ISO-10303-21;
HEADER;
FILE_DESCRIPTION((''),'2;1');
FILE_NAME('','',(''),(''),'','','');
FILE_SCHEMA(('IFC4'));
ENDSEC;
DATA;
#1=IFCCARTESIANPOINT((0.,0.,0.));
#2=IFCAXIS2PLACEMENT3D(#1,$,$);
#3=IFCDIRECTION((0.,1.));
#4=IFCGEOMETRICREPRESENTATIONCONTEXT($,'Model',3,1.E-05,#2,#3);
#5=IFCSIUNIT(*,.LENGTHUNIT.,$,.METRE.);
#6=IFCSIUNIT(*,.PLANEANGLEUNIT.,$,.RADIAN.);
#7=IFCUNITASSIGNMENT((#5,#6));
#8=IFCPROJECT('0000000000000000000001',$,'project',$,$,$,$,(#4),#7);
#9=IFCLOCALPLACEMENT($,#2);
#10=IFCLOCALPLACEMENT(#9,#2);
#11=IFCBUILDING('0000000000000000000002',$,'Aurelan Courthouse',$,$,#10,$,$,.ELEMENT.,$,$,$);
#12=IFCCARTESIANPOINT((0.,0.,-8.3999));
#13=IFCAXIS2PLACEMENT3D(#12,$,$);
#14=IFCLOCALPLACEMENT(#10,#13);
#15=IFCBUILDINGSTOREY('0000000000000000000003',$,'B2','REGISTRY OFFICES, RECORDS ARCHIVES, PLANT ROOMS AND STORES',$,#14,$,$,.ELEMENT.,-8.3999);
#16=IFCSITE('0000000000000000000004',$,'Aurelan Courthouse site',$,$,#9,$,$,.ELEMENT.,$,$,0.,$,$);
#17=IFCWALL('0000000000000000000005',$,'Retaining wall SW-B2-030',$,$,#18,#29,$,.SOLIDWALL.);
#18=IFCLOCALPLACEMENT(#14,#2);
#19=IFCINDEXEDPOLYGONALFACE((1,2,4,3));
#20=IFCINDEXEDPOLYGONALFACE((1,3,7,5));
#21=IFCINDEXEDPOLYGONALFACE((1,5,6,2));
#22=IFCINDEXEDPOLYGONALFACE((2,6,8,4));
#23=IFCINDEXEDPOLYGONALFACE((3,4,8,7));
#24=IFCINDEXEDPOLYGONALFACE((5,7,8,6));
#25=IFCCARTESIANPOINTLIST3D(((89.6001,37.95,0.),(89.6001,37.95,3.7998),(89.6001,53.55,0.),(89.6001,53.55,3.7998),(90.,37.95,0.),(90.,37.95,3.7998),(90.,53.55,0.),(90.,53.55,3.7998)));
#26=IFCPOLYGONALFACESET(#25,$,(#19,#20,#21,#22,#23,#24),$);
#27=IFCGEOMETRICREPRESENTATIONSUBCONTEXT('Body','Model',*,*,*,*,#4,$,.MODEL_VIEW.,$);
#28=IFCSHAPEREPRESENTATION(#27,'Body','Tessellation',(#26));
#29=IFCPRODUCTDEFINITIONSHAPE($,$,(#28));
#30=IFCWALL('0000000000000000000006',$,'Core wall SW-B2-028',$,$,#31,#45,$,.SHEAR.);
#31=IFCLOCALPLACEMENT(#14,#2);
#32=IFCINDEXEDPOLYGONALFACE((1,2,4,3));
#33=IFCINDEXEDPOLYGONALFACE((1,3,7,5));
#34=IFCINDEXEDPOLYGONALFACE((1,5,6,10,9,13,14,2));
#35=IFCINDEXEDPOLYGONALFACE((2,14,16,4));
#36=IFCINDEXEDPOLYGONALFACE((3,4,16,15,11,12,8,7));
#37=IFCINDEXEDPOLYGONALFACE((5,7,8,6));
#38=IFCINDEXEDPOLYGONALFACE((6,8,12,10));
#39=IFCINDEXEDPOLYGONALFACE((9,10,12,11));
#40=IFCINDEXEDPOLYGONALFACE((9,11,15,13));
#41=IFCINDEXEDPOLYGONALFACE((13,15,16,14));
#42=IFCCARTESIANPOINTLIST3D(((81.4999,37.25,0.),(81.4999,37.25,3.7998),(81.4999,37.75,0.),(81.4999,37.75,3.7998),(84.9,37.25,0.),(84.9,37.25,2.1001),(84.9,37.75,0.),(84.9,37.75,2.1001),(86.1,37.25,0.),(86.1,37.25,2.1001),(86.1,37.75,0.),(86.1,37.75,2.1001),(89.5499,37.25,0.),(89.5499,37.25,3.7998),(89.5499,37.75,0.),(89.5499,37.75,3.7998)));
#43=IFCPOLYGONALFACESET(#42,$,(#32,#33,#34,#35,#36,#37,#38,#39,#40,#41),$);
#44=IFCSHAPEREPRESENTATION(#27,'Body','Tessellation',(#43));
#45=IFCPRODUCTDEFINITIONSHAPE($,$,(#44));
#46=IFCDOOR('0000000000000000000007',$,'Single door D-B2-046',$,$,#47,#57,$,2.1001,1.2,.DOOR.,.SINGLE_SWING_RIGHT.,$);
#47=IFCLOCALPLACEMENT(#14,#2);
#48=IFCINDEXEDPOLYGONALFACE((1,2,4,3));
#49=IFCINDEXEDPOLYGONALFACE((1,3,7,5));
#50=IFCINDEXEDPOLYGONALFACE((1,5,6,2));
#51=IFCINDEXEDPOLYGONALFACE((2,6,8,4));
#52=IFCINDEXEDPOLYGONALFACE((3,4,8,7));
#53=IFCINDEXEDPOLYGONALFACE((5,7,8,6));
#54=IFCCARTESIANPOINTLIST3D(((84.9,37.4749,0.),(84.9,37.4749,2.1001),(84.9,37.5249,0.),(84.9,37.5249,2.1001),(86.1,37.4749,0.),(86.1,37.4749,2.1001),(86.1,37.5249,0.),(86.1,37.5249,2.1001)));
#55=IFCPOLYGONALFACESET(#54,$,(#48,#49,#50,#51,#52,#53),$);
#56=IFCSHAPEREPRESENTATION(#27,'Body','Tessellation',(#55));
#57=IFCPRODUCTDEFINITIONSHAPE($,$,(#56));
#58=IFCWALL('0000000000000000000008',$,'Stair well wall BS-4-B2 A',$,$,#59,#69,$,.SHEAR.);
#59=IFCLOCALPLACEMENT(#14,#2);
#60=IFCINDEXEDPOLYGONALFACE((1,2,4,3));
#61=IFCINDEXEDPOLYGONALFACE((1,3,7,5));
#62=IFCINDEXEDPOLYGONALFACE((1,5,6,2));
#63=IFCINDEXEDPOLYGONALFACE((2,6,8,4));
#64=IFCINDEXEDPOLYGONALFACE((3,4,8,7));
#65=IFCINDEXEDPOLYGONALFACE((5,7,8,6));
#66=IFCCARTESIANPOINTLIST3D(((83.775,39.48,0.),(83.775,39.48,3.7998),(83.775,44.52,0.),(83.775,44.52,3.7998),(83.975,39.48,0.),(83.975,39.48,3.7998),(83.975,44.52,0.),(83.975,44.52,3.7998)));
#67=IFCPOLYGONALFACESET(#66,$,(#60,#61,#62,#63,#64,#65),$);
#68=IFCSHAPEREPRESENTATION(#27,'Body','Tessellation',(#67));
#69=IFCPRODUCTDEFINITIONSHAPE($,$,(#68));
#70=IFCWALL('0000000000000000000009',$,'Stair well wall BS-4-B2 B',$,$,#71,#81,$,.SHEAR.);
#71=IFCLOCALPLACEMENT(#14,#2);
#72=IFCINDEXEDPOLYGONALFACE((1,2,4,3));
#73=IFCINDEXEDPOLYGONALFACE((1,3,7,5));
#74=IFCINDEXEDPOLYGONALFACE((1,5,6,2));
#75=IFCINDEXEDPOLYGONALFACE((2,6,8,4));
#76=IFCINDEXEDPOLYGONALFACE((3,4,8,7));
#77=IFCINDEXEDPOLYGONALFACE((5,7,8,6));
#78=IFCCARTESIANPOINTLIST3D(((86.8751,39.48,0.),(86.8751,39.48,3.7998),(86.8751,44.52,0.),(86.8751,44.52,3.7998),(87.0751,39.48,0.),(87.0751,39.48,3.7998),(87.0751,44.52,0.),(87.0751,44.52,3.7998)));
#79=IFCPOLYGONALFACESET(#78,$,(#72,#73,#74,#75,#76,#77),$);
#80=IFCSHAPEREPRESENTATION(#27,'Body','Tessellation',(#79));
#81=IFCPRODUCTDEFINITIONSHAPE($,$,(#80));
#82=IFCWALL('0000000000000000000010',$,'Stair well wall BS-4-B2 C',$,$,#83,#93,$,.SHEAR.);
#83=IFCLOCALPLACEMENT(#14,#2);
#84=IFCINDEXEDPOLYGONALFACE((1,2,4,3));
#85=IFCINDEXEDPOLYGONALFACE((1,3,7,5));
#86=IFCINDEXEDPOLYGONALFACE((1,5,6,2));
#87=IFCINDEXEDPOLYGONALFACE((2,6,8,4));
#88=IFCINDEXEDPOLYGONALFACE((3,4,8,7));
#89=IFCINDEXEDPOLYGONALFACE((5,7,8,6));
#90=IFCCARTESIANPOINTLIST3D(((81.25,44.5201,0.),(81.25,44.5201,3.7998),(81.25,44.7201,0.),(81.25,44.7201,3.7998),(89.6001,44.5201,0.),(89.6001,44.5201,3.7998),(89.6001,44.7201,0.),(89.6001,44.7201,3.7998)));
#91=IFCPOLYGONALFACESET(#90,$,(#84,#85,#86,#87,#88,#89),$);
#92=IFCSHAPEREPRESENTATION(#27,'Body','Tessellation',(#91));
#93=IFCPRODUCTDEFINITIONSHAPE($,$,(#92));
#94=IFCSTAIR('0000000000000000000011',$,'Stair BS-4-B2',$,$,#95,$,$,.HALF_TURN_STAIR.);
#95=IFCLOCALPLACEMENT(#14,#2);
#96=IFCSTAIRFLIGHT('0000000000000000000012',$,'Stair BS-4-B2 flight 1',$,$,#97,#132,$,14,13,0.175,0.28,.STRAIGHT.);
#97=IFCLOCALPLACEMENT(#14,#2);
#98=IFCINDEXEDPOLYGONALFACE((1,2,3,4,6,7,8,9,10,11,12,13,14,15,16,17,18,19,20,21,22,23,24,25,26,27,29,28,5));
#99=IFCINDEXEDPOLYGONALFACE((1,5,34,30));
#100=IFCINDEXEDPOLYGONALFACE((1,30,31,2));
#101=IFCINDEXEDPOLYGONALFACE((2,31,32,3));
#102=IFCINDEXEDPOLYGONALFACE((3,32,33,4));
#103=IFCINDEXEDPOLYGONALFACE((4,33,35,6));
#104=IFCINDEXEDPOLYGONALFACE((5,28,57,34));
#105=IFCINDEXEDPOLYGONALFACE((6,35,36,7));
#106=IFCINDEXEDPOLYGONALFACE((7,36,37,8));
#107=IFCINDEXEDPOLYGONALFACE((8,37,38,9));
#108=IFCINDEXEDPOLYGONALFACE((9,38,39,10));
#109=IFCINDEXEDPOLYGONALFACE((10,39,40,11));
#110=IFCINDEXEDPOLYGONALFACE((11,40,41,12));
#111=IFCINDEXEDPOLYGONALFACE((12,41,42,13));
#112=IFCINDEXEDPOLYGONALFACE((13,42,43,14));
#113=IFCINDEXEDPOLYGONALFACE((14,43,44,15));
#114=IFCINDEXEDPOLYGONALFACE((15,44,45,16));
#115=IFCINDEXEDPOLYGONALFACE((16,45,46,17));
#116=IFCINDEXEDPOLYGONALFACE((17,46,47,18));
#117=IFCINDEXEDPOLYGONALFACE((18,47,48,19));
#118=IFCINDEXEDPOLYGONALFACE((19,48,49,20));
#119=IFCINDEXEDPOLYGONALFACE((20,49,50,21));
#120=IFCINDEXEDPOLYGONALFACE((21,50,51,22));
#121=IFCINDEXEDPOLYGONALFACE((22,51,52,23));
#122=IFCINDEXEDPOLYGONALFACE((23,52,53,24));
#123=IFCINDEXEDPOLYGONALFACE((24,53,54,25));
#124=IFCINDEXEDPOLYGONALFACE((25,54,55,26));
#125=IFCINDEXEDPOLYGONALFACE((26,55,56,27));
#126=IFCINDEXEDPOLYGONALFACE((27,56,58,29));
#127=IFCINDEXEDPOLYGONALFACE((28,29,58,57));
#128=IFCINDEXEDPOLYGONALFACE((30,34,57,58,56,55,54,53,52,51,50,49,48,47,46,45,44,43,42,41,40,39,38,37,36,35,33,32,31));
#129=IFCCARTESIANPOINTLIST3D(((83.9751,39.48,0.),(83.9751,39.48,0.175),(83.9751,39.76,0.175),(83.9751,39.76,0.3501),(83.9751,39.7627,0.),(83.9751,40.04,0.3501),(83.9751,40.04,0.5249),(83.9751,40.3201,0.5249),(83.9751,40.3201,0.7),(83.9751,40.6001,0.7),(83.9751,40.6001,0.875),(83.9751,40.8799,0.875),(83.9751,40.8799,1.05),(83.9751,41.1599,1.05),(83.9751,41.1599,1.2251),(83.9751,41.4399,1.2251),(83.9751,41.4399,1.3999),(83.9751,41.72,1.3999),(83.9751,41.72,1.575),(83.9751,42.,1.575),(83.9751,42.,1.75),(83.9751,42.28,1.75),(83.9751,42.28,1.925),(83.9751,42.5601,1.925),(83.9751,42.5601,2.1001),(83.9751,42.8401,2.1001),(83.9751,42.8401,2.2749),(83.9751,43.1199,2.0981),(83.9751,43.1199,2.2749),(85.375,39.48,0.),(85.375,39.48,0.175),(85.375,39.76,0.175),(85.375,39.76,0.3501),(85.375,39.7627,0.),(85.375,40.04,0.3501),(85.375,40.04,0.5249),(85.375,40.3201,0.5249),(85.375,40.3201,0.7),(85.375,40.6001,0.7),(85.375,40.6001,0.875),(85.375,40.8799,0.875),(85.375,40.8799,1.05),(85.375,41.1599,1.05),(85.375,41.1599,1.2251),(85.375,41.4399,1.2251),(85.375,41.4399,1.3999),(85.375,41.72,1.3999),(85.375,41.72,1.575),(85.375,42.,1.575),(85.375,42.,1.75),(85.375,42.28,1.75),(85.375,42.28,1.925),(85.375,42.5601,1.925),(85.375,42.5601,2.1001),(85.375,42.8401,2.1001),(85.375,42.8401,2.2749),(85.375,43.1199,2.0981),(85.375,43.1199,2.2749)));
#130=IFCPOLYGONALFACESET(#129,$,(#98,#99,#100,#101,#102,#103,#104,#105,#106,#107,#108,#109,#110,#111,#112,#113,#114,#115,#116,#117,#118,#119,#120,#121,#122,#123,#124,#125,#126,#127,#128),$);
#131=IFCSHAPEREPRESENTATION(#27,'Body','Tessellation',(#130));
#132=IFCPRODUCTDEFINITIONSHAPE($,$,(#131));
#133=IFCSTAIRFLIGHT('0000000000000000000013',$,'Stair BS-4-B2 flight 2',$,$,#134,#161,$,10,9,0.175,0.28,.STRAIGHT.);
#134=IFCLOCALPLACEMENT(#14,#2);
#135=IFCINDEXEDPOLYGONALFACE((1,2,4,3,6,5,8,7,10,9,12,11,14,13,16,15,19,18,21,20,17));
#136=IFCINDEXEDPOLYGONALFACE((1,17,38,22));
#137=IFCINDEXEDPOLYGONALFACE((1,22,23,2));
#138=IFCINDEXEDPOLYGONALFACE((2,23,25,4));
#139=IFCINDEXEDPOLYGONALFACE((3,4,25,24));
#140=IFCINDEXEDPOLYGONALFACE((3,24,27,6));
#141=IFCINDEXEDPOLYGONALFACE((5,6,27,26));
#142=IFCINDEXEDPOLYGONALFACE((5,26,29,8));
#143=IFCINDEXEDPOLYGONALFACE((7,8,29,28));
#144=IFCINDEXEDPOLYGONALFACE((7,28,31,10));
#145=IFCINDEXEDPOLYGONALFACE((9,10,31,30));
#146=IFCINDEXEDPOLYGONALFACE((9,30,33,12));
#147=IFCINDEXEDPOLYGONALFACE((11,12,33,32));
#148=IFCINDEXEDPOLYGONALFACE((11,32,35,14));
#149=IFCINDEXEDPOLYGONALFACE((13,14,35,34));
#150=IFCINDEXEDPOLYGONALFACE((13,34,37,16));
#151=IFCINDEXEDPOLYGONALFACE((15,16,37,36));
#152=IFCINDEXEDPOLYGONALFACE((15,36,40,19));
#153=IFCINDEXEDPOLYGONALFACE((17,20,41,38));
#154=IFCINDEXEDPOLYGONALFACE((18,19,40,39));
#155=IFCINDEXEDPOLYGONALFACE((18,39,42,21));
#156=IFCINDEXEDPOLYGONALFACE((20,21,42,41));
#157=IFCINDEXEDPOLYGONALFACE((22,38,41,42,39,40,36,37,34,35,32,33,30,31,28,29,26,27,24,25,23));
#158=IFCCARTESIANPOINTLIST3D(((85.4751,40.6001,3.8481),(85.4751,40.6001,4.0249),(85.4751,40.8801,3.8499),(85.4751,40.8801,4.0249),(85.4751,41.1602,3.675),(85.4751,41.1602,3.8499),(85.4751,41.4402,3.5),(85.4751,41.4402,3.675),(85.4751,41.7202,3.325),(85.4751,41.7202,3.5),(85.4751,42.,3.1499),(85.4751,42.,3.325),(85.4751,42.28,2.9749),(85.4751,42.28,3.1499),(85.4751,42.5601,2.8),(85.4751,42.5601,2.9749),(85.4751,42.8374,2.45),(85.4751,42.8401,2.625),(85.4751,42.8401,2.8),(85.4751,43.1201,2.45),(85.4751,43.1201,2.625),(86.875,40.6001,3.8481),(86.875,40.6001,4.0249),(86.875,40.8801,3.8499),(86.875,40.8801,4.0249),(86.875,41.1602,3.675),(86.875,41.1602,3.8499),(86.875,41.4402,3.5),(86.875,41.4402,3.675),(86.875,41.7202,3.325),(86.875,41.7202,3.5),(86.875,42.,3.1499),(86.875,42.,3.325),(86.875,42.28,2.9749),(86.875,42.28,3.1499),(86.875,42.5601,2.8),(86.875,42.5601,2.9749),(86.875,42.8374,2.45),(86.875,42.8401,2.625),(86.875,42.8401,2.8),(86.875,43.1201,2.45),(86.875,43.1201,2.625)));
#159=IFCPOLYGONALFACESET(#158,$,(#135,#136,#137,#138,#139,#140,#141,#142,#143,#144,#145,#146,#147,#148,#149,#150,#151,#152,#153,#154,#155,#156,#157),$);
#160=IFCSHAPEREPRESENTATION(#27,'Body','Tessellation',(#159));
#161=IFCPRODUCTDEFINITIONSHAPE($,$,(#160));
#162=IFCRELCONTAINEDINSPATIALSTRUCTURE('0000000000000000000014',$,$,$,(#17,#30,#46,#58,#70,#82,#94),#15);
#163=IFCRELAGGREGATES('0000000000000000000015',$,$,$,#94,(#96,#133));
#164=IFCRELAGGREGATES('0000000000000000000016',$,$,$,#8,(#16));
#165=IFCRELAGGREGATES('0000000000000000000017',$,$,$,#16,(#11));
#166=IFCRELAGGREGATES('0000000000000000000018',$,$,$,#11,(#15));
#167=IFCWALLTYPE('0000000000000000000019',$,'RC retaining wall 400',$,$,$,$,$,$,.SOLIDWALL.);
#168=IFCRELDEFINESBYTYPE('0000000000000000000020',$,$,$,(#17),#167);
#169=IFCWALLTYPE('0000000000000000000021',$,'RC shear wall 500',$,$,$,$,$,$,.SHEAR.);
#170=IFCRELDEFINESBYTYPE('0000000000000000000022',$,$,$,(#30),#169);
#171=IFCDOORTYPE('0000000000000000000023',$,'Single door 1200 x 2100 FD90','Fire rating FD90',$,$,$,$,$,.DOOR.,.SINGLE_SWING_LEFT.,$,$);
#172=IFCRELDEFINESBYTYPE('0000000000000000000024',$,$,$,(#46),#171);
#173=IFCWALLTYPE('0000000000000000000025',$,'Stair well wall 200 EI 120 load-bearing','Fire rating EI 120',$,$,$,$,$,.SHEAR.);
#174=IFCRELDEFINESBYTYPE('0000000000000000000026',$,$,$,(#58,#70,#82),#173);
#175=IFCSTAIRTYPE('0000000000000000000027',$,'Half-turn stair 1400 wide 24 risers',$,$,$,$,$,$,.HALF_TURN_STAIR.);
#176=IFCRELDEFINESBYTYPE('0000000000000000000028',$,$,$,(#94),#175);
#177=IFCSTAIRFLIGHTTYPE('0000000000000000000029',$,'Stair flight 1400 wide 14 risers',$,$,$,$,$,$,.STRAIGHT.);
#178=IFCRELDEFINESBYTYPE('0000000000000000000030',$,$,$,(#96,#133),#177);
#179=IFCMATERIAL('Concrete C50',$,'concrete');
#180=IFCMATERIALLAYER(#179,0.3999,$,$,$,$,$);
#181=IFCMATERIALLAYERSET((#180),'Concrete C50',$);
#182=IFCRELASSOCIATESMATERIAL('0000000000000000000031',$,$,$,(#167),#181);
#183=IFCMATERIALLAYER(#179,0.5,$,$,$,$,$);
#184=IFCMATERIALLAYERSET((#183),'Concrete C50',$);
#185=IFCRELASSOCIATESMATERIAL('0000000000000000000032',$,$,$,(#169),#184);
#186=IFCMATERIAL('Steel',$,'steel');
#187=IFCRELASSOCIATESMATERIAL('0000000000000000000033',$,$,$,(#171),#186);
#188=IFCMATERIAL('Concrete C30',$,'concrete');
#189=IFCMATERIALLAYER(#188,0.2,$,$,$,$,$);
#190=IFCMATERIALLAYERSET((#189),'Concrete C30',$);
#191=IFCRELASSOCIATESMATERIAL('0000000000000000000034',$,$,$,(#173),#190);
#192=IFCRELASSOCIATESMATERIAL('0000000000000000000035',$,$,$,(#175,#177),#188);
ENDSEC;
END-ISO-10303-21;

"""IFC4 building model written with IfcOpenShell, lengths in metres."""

from ifc_helpers import new_model, si_unit, direction, frame, frame_2d, origin, place, context, subcontext, project, spatial, polyline, rectangle, outline, extrude, material, layer, layer_set, type_object, element, fill, aggregate, save


model = new_model("IFC4")

# Units and contexts
model_context = context("Model", 3, precision=1e-05, world=origin(), true_north=direction((0.0, 1.0)))
body_context = subcontext(model_context, "Body", "Model", "MODEL_VIEW")
ifc_project = project(units=[si_unit("LENGTHUNIT", "METRE"), si_unit("PLANEANGLEUNIT", "RADIAN")], contexts=[model_context])

# Site, building, storey
site_placement = place(None, origin())
site = spatial("IfcSite", under=ifc_project, at=site_placement, Name="Aurelan Courthouse site", CompositionType="ELEMENT", RefElevation=0.0)
building_placement = place(site_placement, origin())
building = spatial("IfcBuilding", under=site, at=building_placement, Name="Aurelan Courthouse", CompositionType="ELEMENT")
storey_placement = place(building_placement, frame((0.0, 0.0, -8.3999)))
storey = spatial("IfcBuildingStorey", under=building, at=storey_placement, Name="B2", Description="REGISTRY OFFICES, RECORDS ARCHIVES, PLANT ROOMS AND STORES", CompositionType="ELEMENT", Elevation=-8.3999)

# Shared definitions
ifc_material_1 = material(Name="Concrete C50", Category="concrete")

# Shared definitions
ifc_material_2 = material(Name="Steel", Category="steel")

# Wall
ifc_layer_1 = layer(ifc_material_1, 0.3999)
ifc_layer_set_1 = layer_set([ifc_layer_1], Name="Concrete C50")
wall_type_1 = type_object("IfcWallType", Name="RC retaining wall 400", PredefinedType="SOLIDWALL", material=ifc_layer_set_1)
wall_1_placement = place(storey_placement, frame((89.8, 37.95, 0.0), z_axis=(0.0, 0.0, 1.0), x_axis=(0.0, 1.0, 0.0)))
element("IfcWall", 1, at=wall_1_placement, inside=storey, type_object=wall_type_1, Name="Retaining wall SW-B2-030", PredefinedType="SOLIDWALL", context=body_context, shape_type="SweptSolid", body=[
    extrude(rectangle(XDim=15.6001, YDim=0.3999, at=frame_2d((7.8, 0.0))), origin(), (0.0, 0.0, 1.0), 3.7998),
])

# Wall, opening, door
ifc_layer_2 = layer(ifc_material_1, 0.5)
ifc_layer_set_2 = layer_set([ifc_layer_2], Name="Concrete C50")
wall_type_2 = type_object("IfcWallType", Name="RC shear wall 500", PredefinedType="SHEAR", material=ifc_layer_set_2)
wall_2_placement = place(storey_placement, frame((81.5, 37.5, 0.0), z_axis=(0.0, 0.0, 1.0), x_axis=(1.0, 0.0, 0.0)))
wall_2 = element("IfcWall", 2, at=wall_2_placement, inside=storey, type_object=wall_type_2, Name="Core wall SW-B2-028", PredefinedType="SHEAR", context=body_context, shape_type="SweptSolid", body=[
    extrude(rectangle(XDim=8.05, YDim=0.5, at=frame_2d((4.0249, 0.0))), origin(), (0.0, 0.0, 1.0), 3.7998),
])
opening_1_placement = place(wall_2_placement, frame((3.3999, 0.0, 0.0)))
opening_1 = element("IfcOpeningElement", 3, at=opening_1_placement, cuts=wall_2, PredefinedType="OPENING", context=body_context, shape_type="SweptSolid", body=[
    extrude(rectangle(XDim=1.2, YDim=2.1001, at=frame_2d((0.6001, 1.05))), frame((0.0, 0.26, 0.0), z_axis=(0.0, -1.0, 0.0), x_axis=(1.0, 0.0, 0.0)), (0.0, 0.0, 1.0), 0.52),
])
door_type_1 = type_object("IfcDoorType", Name="Single door 1200 x 2100 FD90", Description="Fire rating FD90", OperationType="SINGLE_SWING_LEFT", PredefinedType="DOOR", material=ifc_material_2)
door_1_placement = place(opening_1_placement, origin())
door_1 = element("IfcDoor", 4, at=door_1_placement, inside=storey, type_object=door_type_1, Name="Single door D-B2-046", OperationType="SINGLE_SWING_RIGHT", OverallHeight=2.1001, OverallWidth=1.2, PredefinedType="DOOR", context=body_context, shape_type="SweptSolid", body=[
    extrude(rectangle(XDim=1.2, YDim=2.1001, at=frame_2d((0.6001, 1.05))), frame((0.0, 0.0249, 0.0), z_axis=(0.0, -1.0, 0.0), x_axis=(1.0, 0.0, 0.0)), (0.0, 0.0, 1.0), 0.05),
])
fill(opening_1, door_1)

# Walls
ifc_material_3 = material(Name="Concrete C30", Category="concrete")
ifc_layer_3 = layer(ifc_material_3, 0.2)
ifc_layer_set_3 = layer_set([ifc_layer_3], Name="Concrete C30")
wall_type_3 = type_object("IfcWallType", Name="Stair well wall 200 EI 120 load-bearing", Description="Fire rating EI 120", PredefinedType="SHEAR", material=ifc_layer_set_3)
for number, where, z_axis, x_axis, name in (
    (5, (83.875, 39.48, 0.0), (0.0, 0.0, 1.0), (0.0, 1.0, 0.0), "Stair well wall BS-4-B2 A"),
    (6, (86.9751, 39.48, 0.0), (0.0, 0.0, 1.0), (0.0, 1.0, 0.0), "Stair well wall BS-4-B2 B"),
):
    element("IfcWall", number, at=place(storey_placement, frame(where, z_axis=z_axis, x_axis=x_axis)), inside=storey, type_object=wall_type_3, Name=name, PredefinedType="SHEAR", context=body_context, shape_type="SweptSolid", body=[
        extrude(rectangle(XDim=5.04, YDim=0.2, at=frame_2d((2.52, 0.0))), origin(), (0.0, 0.0, 1.0), 3.7998),
    ])
wall_3_placement = place(storey_placement, frame((81.25, 44.6201, 0.0), z_axis=(0.0, 0.0, 1.0), x_axis=(1.0, 0.0, 0.0)))
element("IfcWall", 7, at=wall_3_placement, inside=storey, type_object=wall_type_3, Name="Stair well wall BS-4-B2 C", PredefinedType="SHEAR", context=body_context, shape_type="SweptSolid", body=[
    extrude(rectangle(XDim=8.3501, YDim=0.2, at=frame_2d((4.175, 0.0))), origin(), (0.0, 0.0, 1.0), 3.7998),
])

# Stair, stair flights
stair_type = type_object("IfcStairType", Name="Half-turn stair 1400 wide 24 risers", PredefinedType="HALF_TURN_STAIR", material=ifc_material_3)
stair_placement = place(storey_placement, origin())
stair = element("IfcStair", 8, at=stair_placement, inside=storey, type_object=stair_type, Name="Stair BS-4-B2", PredefinedType="HALF_TURN_STAIR")
stair_flight_type = type_object("IfcStairFlightType", Name="Stair flight 1400 wide 14 risers", PredefinedType="STRAIGHT", material=ifc_material_3)
stair_flight_1_placement = place(storey_placement, frame((84.675, 39.48, 0.0), z_axis=(0.0, 0.0, 1.0), x_axis=(0.0, 1.0, 0.0)))
stair_flight_1 = element("IfcStairFlight", 9, at=stair_flight_1_placement, type_object=stair_flight_type, Name="Stair BS-4-B2 flight 1", NumberOfRisers=14, NumberOfTreads=13, PredefinedType="STRAIGHT", RiserHeight=0.175, TreadLength=0.28, context=body_context, shape_type="SweptSolid", body=[
    extrude(outline(polyline([(0.0, 0.0), (0.0, 0.175), (0.28, 0.175), (0.28, 0.3501), (0.5601, 0.3501), (0.5601, 0.5249), (0.8401, 0.5249), (0.8401, 0.7), (1.1201, 0.7), (1.1201, 0.875), (1.3999, 0.875), (1.3999, 1.05), (1.6799, 1.05), (1.6799, 1.2251), (1.96, 1.2251), (1.96, 1.3999), (2.24, 1.3999), (2.24, 1.575), (2.52, 1.575), (2.52, 1.75), (2.8, 1.75), (2.8, 1.925), (3.0801, 1.925), (3.0801, 2.1001), (3.3601, 2.1001), (3.3601, 2.2749), (3.6399, 2.2749), (3.6399, 2.45), (3.6399, 2.0981), (0.2827, 0.0), (0.0, 0.0)])), frame((0.0, 0.7, 0.0), z_axis=(0.0, -1.0, 0.0), x_axis=(1.0, 0.0, 0.0)), (0.0, 0.0, 1.0), 1.3999),
])
stair_flight_2_placement = place(storey_placement, frame((86.175, 43.1201, 2.45), z_axis=(0.0, 0.0, 1.0), x_axis=(0.0, -1.0, 0.0)))
stair_flight_2 = element("IfcStairFlight", 10, at=stair_flight_2_placement, type_object=stair_flight_type, Name="Stair BS-4-B2 flight 2", NumberOfRisers=10, NumberOfTreads=9, PredefinedType="STRAIGHT", RiserHeight=0.175, TreadLength=0.28, context=body_context, shape_type="SweptSolid", body=[
    extrude(outline(polyline([(0.0, 0.0), (0.0, 0.175), (0.28, 0.175), (0.28, 0.3501), (0.5601, 0.3501), (0.5601, 0.5249), (0.8401, 0.5249), (0.8401, 0.7), (1.1201, 0.7), (1.1201, 0.875), (1.3999, 0.875), (1.3999, 1.05), (1.6799, 1.05), (1.6799, 1.2251), (1.96, 1.2251), (1.96, 1.3999), (2.24, 1.3999), (2.24, 1.575), (2.52, 1.575), (2.52, 1.75), (2.52, 1.3982), (0.2827, 0.0), (0.0, 0.0)])), frame((0.0, 0.7, 0.0), z_axis=(0.0, -1.0, 0.0), x_axis=(1.0, 0.0, 0.0)), (0.0, 0.0, 1.0), 1.3999),
])
aggregate(stair, [stair_flight_1, stair_flight_2])

save(model, "model.ifc")
